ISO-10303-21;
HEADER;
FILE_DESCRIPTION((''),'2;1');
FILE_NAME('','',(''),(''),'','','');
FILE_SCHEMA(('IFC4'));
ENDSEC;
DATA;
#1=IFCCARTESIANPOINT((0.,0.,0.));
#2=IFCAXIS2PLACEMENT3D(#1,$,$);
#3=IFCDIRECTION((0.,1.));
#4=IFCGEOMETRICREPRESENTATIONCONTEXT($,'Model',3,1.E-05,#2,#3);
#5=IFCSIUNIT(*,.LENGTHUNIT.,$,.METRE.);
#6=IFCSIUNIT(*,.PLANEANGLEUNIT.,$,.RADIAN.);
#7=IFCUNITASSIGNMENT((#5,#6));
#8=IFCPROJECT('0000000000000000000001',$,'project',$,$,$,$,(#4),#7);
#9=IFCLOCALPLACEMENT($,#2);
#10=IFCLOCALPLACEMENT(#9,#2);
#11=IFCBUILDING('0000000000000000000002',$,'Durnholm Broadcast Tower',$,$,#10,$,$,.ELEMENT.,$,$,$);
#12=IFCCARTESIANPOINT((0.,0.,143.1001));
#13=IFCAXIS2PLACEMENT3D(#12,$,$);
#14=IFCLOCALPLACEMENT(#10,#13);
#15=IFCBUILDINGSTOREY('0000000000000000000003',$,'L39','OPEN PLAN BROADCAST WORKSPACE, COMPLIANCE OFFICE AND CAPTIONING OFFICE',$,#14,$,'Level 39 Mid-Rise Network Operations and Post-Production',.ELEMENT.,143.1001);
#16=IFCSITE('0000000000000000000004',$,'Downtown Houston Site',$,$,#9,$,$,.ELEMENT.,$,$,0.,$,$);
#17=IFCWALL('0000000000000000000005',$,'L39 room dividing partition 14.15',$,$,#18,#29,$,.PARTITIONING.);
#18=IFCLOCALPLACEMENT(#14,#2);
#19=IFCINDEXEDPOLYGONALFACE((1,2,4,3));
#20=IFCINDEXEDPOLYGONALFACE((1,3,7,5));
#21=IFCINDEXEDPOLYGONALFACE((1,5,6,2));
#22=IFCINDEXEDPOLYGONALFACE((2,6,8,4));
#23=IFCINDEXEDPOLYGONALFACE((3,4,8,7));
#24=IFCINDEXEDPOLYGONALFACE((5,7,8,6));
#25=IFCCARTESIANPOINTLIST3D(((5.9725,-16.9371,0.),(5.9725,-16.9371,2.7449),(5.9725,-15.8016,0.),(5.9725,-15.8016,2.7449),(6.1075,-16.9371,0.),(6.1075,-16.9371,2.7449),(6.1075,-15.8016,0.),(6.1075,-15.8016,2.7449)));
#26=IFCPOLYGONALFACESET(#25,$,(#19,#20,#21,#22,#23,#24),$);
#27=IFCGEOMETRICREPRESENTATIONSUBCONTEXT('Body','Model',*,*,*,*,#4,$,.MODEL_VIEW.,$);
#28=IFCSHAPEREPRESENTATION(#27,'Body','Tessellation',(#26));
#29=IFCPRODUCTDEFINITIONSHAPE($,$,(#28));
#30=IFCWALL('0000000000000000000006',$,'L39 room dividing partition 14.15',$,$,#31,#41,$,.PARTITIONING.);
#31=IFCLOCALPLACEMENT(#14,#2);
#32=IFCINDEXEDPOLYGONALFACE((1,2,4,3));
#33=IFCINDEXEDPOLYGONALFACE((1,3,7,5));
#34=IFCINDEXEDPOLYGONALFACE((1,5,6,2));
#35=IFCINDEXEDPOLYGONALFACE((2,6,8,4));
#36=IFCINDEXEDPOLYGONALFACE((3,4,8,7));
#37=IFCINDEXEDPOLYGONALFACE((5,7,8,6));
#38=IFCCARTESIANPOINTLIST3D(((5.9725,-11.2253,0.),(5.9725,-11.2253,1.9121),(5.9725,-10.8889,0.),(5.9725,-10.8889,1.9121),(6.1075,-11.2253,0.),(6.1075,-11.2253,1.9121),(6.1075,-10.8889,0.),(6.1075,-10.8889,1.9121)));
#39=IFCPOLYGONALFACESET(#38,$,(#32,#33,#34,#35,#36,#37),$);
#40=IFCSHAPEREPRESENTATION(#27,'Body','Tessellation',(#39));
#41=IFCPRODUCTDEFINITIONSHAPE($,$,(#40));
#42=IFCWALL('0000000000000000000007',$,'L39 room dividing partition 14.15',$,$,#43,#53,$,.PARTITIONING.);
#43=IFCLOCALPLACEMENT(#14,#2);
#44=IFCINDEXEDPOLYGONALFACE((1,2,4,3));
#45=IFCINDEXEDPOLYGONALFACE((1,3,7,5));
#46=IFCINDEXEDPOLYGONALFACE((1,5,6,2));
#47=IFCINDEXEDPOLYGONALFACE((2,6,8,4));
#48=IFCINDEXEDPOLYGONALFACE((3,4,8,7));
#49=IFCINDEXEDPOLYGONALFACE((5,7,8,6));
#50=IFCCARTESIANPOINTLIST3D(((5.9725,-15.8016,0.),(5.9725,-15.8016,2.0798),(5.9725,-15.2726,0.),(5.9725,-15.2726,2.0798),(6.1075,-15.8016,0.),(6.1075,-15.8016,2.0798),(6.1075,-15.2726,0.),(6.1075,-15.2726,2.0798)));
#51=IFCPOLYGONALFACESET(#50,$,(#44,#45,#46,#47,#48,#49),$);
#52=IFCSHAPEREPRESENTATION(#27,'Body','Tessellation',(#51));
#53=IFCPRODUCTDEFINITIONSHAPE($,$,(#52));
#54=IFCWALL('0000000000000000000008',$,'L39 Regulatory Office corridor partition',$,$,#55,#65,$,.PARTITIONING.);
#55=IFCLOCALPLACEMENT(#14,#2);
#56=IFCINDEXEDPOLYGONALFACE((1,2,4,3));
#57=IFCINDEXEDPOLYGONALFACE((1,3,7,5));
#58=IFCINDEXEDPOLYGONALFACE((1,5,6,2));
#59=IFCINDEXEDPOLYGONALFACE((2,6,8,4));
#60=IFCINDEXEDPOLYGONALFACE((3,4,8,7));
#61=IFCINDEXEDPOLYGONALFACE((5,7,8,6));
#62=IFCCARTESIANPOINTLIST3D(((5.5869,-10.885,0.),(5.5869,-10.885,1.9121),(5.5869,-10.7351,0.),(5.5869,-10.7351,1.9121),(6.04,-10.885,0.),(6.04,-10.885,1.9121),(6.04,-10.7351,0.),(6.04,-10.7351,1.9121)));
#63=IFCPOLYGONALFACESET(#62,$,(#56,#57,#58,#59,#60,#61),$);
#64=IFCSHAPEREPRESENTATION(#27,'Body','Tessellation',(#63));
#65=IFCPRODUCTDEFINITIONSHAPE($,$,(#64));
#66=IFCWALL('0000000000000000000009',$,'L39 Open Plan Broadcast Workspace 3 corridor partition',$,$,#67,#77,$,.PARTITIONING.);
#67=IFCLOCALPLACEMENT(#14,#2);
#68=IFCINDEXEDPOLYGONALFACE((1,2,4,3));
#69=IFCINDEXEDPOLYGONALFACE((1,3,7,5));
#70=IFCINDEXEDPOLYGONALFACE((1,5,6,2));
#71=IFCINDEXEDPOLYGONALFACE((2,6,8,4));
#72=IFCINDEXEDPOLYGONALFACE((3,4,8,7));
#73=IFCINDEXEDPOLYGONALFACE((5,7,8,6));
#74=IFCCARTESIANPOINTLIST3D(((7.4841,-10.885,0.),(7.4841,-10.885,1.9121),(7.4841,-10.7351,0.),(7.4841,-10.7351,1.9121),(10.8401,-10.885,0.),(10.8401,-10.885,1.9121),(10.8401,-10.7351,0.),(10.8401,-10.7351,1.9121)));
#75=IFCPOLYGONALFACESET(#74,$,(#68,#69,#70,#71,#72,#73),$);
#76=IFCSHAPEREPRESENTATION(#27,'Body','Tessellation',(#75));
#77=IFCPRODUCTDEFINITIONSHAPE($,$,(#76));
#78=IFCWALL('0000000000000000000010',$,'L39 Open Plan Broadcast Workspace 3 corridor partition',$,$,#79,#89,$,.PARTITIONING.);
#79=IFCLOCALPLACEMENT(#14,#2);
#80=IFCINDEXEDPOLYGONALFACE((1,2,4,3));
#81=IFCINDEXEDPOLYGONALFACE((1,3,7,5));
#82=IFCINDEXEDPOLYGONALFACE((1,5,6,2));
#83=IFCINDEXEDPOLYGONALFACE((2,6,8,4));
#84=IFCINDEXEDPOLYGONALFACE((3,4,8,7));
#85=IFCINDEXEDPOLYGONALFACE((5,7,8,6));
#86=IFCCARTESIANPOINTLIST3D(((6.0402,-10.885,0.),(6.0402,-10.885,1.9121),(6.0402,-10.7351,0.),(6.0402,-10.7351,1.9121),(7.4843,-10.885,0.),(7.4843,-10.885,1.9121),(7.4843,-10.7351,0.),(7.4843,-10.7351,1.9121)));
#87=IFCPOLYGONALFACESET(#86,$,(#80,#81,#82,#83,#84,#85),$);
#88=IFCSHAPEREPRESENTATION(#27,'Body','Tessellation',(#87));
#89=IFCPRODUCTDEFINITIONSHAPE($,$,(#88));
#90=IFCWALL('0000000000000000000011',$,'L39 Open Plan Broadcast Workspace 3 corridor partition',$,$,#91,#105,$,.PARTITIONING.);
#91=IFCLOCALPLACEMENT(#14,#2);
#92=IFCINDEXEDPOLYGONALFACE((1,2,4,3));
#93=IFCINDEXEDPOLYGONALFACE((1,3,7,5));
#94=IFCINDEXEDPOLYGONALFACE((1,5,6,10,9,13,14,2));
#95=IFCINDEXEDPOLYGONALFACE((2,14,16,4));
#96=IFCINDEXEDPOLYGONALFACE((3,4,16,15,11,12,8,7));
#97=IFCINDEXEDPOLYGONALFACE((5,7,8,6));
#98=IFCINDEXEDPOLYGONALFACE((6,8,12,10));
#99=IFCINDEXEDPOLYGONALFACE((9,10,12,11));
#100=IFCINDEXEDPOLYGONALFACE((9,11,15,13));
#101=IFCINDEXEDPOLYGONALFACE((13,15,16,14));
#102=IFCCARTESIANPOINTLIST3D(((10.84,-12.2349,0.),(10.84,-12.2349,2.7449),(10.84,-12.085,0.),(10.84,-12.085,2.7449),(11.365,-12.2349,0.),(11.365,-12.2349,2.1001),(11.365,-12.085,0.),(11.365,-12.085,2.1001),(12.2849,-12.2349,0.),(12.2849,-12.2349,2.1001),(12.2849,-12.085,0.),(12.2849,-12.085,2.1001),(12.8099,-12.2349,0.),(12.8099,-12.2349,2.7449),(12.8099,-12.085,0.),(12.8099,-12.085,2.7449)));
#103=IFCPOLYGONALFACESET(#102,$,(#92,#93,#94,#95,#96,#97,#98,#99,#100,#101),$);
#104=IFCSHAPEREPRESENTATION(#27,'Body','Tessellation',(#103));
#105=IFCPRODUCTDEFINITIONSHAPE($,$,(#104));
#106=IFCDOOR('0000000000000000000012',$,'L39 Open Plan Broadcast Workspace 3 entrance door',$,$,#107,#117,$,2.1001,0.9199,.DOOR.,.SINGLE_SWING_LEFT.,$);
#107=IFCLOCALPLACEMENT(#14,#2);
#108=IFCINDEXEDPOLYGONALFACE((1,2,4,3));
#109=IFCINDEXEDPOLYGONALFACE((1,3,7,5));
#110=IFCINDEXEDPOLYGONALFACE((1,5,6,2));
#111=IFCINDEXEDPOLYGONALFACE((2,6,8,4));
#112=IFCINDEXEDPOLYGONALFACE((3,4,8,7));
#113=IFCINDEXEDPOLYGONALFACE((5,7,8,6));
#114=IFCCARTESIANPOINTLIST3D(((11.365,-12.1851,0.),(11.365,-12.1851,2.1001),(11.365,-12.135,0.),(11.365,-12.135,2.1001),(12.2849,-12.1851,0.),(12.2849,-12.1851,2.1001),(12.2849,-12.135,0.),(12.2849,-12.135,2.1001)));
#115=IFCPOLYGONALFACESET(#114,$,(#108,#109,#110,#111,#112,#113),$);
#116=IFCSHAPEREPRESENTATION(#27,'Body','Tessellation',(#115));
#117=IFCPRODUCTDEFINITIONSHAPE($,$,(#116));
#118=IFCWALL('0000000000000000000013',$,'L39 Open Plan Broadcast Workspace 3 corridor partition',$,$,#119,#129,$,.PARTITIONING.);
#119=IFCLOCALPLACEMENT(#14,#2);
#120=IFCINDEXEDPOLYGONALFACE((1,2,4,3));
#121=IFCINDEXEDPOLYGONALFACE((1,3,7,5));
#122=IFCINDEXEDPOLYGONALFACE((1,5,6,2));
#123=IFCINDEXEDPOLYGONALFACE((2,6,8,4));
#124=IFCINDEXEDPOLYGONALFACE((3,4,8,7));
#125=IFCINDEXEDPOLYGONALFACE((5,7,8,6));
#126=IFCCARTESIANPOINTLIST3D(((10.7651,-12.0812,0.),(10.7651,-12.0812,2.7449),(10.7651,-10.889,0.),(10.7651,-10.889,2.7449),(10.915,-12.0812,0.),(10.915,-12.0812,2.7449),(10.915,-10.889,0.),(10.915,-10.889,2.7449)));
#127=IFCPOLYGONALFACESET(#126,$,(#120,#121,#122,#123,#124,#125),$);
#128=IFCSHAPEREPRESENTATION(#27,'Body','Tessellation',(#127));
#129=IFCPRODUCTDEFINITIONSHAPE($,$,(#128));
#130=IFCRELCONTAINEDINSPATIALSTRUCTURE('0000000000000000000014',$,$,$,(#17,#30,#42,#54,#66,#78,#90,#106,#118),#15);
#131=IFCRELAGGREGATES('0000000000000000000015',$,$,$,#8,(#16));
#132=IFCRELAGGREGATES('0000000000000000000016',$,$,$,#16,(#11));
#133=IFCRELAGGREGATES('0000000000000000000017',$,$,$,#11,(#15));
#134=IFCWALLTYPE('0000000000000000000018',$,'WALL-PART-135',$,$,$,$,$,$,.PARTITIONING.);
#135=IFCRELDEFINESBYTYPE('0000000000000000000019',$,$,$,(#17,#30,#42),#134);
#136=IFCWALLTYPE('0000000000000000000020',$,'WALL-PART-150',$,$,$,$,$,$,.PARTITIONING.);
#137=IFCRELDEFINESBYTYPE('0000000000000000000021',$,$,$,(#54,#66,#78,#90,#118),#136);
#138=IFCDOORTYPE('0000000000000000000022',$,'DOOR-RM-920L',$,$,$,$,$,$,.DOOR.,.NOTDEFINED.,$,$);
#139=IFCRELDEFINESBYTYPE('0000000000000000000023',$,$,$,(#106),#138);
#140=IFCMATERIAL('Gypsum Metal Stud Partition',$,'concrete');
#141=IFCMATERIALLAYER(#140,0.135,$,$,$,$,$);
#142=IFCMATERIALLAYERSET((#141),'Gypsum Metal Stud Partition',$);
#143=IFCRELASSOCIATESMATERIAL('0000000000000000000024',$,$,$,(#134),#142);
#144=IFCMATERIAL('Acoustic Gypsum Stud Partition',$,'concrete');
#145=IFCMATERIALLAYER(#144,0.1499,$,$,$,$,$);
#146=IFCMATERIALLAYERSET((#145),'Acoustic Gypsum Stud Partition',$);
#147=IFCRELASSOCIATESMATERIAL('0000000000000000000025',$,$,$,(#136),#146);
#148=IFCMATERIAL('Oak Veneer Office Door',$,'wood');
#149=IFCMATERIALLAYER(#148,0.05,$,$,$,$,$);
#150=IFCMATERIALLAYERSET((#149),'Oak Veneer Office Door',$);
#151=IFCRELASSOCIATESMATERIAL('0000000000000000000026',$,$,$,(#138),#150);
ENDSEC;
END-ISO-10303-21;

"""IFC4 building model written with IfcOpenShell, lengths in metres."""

from ifc_helpers import new_model, si_unit, direction, frame, frame_2d, origin, place, context, subcontext, project, spatial, rectangle, extrude, source, transform, mapped, material, layer, layer_set, type_object, type_shapes, element, fill, save


model = new_model("IFC4")

# Units and contexts
model_context = context("Model", 3, precision=1e-05, world=origin(), true_north=direction((0.0, 1.0)))
body_context = subcontext(model_context, "Body", "Model", "MODEL_VIEW")
ifc_project = project(units=[si_unit("LENGTHUNIT", "METRE"), si_unit("PLANEANGLEUNIT", "RADIAN")], contexts=[model_context])

# Site, building, storey
site_placement = place(None, origin())
site = spatial("IfcSite", under=ifc_project, at=site_placement, Name="Downtown Houston Site", CompositionType="ELEMENT", RefElevation=0.0)
building_placement = place(site_placement, origin())
building = spatial("IfcBuilding", under=site, at=building_placement, Name="Durnholm Broadcast Tower", CompositionType="ELEMENT")
storey_placement = place(building_placement, frame((0.0, 0.0, 143.1001)))
storey = spatial("IfcBuildingStorey", under=building, at=storey_placement, Name="L39", Description="OPEN PLAN BROADCAST WORKSPACE, COMPLIANCE OFFICE AND CAPTIONING OFFICE", LongName="Level 39 Mid-Rise Network Operations and Post-Production", CompositionType="ELEMENT", Elevation=143.1001)

# Walls
ifc_material_1 = material(Name="Gypsum Metal Stud Partition", Category="concrete")
ifc_layer_1 = layer(ifc_material_1, 0.135)
ifc_layer_set_1 = layer_set([ifc_layer_1], Name="Gypsum Metal Stud Partition")
wall_type_1 = type_object("IfcWallType", Name="WALL-PART-135", PredefinedType="PARTITIONING", material=ifc_layer_set_1)
wall_1_placement = place(storey_placement, frame((6.04, -15.8015, 0.0), z_axis=(0.0, 0.0, 1.0), x_axis=(0.0, -1.0, 0.0)))
element("IfcWall", 1, at=wall_1_placement, inside=storey, type_object=wall_type_1, Name="L39 room dividing partition 14.15", PredefinedType="PARTITIONING", context=body_context, shape_type="SweptSolid", body=[
    extrude(rectangle(XDim=1.1355, YDim=0.135, at=frame_2d((0.5679, 0.0))), origin(), (0.0, 0.0, 1.0), 2.7449),
])
wall_2_placement = place(storey_placement, frame((6.04, -10.8889, 0.0), z_axis=(0.0, 0.0, 1.0), x_axis=(0.0, -1.0, 0.0)))
element("IfcWall", 2, at=wall_2_placement, inside=storey, type_object=wall_type_1, Name="L39 room dividing partition 14.15", PredefinedType="PARTITIONING", context=body_context, shape_type="SweptSolid", body=[
    extrude(rectangle(XDim=0.3364, YDim=0.135, at=frame_2d((0.1682, 0.0))), origin(), (0.0, 0.0, 1.0), 1.9121),
])
wall_3_placement = place(storey_placement, frame((6.04, -15.2725, 0.0), z_axis=(0.0, 0.0, 1.0), x_axis=(0.0, -1.0, 0.0)))
element("IfcWall", 3, at=wall_3_placement, inside=storey, type_object=wall_type_1, Name="L39 room dividing partition 14.15", PredefinedType="PARTITIONING", context=body_context, shape_type="SweptSolid", body=[
    extrude(rectangle(XDim=0.5291, YDim=0.135, at=frame_2d((0.2646, 0.0))), origin(), (0.0, 0.0, 1.0), 2.0798),
])
ifc_material_2 = material(Name="Acoustic Gypsum Stud Partition", Category="concrete")
ifc_layer_2 = layer(ifc_material_2, 0.1499)
ifc_layer_set_2 = layer_set([ifc_layer_2], Name="Acoustic Gypsum Stud Partition")
wall_type_2 = type_object("IfcWallType", Name="WALL-PART-150", PredefinedType="PARTITIONING", material=ifc_layer_set_2)
wall_4_placement = place(storey_placement, frame((5.5869, -10.8101, 0.0), z_axis=(0.0, 0.0, 1.0), x_axis=(1.0, 0.0, 0.0)))
element("IfcWall", 4, at=wall_4_placement, inside=storey, type_object=wall_type_2, Name="L39 Regulatory Office corridor partition", PredefinedType="PARTITIONING", context=body_context, shape_type="SweptSolid", body=[
    extrude(rectangle(XDim=0.4531, YDim=0.1499, at=frame_2d((0.2266, 0.0))), origin(), (0.0, 0.0, 1.0), 1.9121),
])
wall_5_placement = place(storey_placement, frame((7.4841, -10.8101, 0.0), z_axis=(0.0, 0.0, 1.0), x_axis=(1.0, 0.0, 0.0)))
element("IfcWall", 5, at=wall_5_placement, inside=storey, type_object=wall_type_2, Name="L39 Open Plan Broadcast Workspace 3 corridor partition", PredefinedType="PARTITIONING", context=body_context, shape_type="SweptSolid", body=[
    extrude(rectangle(XDim=3.356, YDim=0.1499, at=frame_2d((1.678, 0.0))), origin(), (0.0, 0.0, 1.0), 1.9121),
])
wall_6_placement = place(storey_placement, frame((6.04, -10.8101, 0.0), z_axis=(0.0, 0.0, 1.0), x_axis=(1.0, 0.0, 0.0)))
element("IfcWall", 6, at=wall_6_placement, inside=storey, type_object=wall_type_2, Name="L39 Open Plan Broadcast Workspace 3 corridor partition", PredefinedType="PARTITIONING", context=body_context, shape_type="SweptSolid", body=[
    extrude(rectangle(XDim=1.4441, YDim=0.1499, at=frame_2d((0.7222, 0.0))), origin(), (0.0, 0.0, 1.0), 1.9121),
])

# Wall, opening, door
wall_7_placement = place(storey_placement, frame((10.8401, -12.1599, 0.0), z_axis=(0.0, 0.0, 1.0), x_axis=(1.0, 0.0, 0.0)))
wall_7 = element("IfcWall", 7, at=wall_7_placement, inside=storey, type_object=wall_type_2, Name="L39 Open Plan Broadcast Workspace 3 corridor partition", PredefinedType="PARTITIONING", context=body_context, shape_type="SweptSolid", body=[
    extrude(rectangle(XDim=1.97, YDim=0.1499, at=frame_2d((0.9849, 0.0))), origin(), (0.0, 0.0, 1.0), 2.7449),
])
opening_placement = place(wall_7_placement, frame((0.5249, 0.0, 0.0)))
opening = element("IfcOpeningElement", 8, at=opening_placement, cuts=wall_7, PredefinedType="OPENING", context=body_context, shape_type="SweptSolid", body=[
    extrude(rectangle(XDim=0.9199, YDim=2.1001, at=frame_2d((0.46, 1.05))), frame((0.0, 0.085, 0.0), z_axis=(0.0, -1.0, 0.0), x_axis=(1.0, 0.0, 0.0)), (0.0, 0.0, 1.0), 0.1699),
])
ifc_material_3 = material(Name="Oak Veneer Office Door", Category="wood")
ifc_layer_3 = layer(ifc_material_3, 0.05)
ifc_layer_set_3 = layer_set([ifc_layer_3], Name="Oak Veneer Office Door")
door_type = type_object("IfcDoorType", Name="DOOR-RM-920L", OperationType="NOTDEFINED", PredefinedType="DOOR", material=ifc_layer_set_3)
shared_shape_1 = source(origin(), body_context, "Body", "SweptSolid", [
    extrude(rectangle(XDim=0.9199, YDim=2.1001, at=frame_2d((0.46, 1.05))), frame((0.0, 0.0249, 0.0), z_axis=(0.0, -1.0, 0.0), x_axis=(1.0, 0.0, 0.0)), (0.0, 0.0, 1.0), 0.05),
])
type_shapes(door_type, [shared_shape_1])
door_placement = place(opening_placement, origin())
door = element("IfcDoor", 9, at=door_placement, inside=storey, type_object=door_type, Name="L39 Open Plan Broadcast Workspace 3 entrance door", OperationType="SINGLE_SWING_LEFT", OverallHeight=2.1001, OverallWidth=0.9199, PredefinedType="DOOR", context=body_context, shape_type="MappedRepresentation", body=[
    mapped(shared_shape_1, transform((0.0, 0.0, 0.0), x_axis=(1.0, 0.0, 0.0), y_axis=(0.0, 1.0, 0.0), z_axis=(0.0, 0.0, 1.0), scale=1.0)),
])
fill(opening, door)

# Wall
wall_8_placement = place(storey_placement, frame((10.8401, -10.8889, 0.0), z_axis=(0.0, 0.0, 1.0), x_axis=(0.0, -1.0, 0.0)))
element("IfcWall", 10, at=wall_8_placement, inside=storey, type_object=wall_type_2, Name="L39 Open Plan Broadcast Workspace 3 corridor partition", PredefinedType="PARTITIONING", context=body_context, shape_type="SweptSolid", body=[
    extrude(rectangle(XDim=1.1921, YDim=0.1499, at=frame_2d((0.5962, 0.0))), origin(), (0.0, 0.0, 1.0), 2.7449),
])

save(model, "model.ifc")
